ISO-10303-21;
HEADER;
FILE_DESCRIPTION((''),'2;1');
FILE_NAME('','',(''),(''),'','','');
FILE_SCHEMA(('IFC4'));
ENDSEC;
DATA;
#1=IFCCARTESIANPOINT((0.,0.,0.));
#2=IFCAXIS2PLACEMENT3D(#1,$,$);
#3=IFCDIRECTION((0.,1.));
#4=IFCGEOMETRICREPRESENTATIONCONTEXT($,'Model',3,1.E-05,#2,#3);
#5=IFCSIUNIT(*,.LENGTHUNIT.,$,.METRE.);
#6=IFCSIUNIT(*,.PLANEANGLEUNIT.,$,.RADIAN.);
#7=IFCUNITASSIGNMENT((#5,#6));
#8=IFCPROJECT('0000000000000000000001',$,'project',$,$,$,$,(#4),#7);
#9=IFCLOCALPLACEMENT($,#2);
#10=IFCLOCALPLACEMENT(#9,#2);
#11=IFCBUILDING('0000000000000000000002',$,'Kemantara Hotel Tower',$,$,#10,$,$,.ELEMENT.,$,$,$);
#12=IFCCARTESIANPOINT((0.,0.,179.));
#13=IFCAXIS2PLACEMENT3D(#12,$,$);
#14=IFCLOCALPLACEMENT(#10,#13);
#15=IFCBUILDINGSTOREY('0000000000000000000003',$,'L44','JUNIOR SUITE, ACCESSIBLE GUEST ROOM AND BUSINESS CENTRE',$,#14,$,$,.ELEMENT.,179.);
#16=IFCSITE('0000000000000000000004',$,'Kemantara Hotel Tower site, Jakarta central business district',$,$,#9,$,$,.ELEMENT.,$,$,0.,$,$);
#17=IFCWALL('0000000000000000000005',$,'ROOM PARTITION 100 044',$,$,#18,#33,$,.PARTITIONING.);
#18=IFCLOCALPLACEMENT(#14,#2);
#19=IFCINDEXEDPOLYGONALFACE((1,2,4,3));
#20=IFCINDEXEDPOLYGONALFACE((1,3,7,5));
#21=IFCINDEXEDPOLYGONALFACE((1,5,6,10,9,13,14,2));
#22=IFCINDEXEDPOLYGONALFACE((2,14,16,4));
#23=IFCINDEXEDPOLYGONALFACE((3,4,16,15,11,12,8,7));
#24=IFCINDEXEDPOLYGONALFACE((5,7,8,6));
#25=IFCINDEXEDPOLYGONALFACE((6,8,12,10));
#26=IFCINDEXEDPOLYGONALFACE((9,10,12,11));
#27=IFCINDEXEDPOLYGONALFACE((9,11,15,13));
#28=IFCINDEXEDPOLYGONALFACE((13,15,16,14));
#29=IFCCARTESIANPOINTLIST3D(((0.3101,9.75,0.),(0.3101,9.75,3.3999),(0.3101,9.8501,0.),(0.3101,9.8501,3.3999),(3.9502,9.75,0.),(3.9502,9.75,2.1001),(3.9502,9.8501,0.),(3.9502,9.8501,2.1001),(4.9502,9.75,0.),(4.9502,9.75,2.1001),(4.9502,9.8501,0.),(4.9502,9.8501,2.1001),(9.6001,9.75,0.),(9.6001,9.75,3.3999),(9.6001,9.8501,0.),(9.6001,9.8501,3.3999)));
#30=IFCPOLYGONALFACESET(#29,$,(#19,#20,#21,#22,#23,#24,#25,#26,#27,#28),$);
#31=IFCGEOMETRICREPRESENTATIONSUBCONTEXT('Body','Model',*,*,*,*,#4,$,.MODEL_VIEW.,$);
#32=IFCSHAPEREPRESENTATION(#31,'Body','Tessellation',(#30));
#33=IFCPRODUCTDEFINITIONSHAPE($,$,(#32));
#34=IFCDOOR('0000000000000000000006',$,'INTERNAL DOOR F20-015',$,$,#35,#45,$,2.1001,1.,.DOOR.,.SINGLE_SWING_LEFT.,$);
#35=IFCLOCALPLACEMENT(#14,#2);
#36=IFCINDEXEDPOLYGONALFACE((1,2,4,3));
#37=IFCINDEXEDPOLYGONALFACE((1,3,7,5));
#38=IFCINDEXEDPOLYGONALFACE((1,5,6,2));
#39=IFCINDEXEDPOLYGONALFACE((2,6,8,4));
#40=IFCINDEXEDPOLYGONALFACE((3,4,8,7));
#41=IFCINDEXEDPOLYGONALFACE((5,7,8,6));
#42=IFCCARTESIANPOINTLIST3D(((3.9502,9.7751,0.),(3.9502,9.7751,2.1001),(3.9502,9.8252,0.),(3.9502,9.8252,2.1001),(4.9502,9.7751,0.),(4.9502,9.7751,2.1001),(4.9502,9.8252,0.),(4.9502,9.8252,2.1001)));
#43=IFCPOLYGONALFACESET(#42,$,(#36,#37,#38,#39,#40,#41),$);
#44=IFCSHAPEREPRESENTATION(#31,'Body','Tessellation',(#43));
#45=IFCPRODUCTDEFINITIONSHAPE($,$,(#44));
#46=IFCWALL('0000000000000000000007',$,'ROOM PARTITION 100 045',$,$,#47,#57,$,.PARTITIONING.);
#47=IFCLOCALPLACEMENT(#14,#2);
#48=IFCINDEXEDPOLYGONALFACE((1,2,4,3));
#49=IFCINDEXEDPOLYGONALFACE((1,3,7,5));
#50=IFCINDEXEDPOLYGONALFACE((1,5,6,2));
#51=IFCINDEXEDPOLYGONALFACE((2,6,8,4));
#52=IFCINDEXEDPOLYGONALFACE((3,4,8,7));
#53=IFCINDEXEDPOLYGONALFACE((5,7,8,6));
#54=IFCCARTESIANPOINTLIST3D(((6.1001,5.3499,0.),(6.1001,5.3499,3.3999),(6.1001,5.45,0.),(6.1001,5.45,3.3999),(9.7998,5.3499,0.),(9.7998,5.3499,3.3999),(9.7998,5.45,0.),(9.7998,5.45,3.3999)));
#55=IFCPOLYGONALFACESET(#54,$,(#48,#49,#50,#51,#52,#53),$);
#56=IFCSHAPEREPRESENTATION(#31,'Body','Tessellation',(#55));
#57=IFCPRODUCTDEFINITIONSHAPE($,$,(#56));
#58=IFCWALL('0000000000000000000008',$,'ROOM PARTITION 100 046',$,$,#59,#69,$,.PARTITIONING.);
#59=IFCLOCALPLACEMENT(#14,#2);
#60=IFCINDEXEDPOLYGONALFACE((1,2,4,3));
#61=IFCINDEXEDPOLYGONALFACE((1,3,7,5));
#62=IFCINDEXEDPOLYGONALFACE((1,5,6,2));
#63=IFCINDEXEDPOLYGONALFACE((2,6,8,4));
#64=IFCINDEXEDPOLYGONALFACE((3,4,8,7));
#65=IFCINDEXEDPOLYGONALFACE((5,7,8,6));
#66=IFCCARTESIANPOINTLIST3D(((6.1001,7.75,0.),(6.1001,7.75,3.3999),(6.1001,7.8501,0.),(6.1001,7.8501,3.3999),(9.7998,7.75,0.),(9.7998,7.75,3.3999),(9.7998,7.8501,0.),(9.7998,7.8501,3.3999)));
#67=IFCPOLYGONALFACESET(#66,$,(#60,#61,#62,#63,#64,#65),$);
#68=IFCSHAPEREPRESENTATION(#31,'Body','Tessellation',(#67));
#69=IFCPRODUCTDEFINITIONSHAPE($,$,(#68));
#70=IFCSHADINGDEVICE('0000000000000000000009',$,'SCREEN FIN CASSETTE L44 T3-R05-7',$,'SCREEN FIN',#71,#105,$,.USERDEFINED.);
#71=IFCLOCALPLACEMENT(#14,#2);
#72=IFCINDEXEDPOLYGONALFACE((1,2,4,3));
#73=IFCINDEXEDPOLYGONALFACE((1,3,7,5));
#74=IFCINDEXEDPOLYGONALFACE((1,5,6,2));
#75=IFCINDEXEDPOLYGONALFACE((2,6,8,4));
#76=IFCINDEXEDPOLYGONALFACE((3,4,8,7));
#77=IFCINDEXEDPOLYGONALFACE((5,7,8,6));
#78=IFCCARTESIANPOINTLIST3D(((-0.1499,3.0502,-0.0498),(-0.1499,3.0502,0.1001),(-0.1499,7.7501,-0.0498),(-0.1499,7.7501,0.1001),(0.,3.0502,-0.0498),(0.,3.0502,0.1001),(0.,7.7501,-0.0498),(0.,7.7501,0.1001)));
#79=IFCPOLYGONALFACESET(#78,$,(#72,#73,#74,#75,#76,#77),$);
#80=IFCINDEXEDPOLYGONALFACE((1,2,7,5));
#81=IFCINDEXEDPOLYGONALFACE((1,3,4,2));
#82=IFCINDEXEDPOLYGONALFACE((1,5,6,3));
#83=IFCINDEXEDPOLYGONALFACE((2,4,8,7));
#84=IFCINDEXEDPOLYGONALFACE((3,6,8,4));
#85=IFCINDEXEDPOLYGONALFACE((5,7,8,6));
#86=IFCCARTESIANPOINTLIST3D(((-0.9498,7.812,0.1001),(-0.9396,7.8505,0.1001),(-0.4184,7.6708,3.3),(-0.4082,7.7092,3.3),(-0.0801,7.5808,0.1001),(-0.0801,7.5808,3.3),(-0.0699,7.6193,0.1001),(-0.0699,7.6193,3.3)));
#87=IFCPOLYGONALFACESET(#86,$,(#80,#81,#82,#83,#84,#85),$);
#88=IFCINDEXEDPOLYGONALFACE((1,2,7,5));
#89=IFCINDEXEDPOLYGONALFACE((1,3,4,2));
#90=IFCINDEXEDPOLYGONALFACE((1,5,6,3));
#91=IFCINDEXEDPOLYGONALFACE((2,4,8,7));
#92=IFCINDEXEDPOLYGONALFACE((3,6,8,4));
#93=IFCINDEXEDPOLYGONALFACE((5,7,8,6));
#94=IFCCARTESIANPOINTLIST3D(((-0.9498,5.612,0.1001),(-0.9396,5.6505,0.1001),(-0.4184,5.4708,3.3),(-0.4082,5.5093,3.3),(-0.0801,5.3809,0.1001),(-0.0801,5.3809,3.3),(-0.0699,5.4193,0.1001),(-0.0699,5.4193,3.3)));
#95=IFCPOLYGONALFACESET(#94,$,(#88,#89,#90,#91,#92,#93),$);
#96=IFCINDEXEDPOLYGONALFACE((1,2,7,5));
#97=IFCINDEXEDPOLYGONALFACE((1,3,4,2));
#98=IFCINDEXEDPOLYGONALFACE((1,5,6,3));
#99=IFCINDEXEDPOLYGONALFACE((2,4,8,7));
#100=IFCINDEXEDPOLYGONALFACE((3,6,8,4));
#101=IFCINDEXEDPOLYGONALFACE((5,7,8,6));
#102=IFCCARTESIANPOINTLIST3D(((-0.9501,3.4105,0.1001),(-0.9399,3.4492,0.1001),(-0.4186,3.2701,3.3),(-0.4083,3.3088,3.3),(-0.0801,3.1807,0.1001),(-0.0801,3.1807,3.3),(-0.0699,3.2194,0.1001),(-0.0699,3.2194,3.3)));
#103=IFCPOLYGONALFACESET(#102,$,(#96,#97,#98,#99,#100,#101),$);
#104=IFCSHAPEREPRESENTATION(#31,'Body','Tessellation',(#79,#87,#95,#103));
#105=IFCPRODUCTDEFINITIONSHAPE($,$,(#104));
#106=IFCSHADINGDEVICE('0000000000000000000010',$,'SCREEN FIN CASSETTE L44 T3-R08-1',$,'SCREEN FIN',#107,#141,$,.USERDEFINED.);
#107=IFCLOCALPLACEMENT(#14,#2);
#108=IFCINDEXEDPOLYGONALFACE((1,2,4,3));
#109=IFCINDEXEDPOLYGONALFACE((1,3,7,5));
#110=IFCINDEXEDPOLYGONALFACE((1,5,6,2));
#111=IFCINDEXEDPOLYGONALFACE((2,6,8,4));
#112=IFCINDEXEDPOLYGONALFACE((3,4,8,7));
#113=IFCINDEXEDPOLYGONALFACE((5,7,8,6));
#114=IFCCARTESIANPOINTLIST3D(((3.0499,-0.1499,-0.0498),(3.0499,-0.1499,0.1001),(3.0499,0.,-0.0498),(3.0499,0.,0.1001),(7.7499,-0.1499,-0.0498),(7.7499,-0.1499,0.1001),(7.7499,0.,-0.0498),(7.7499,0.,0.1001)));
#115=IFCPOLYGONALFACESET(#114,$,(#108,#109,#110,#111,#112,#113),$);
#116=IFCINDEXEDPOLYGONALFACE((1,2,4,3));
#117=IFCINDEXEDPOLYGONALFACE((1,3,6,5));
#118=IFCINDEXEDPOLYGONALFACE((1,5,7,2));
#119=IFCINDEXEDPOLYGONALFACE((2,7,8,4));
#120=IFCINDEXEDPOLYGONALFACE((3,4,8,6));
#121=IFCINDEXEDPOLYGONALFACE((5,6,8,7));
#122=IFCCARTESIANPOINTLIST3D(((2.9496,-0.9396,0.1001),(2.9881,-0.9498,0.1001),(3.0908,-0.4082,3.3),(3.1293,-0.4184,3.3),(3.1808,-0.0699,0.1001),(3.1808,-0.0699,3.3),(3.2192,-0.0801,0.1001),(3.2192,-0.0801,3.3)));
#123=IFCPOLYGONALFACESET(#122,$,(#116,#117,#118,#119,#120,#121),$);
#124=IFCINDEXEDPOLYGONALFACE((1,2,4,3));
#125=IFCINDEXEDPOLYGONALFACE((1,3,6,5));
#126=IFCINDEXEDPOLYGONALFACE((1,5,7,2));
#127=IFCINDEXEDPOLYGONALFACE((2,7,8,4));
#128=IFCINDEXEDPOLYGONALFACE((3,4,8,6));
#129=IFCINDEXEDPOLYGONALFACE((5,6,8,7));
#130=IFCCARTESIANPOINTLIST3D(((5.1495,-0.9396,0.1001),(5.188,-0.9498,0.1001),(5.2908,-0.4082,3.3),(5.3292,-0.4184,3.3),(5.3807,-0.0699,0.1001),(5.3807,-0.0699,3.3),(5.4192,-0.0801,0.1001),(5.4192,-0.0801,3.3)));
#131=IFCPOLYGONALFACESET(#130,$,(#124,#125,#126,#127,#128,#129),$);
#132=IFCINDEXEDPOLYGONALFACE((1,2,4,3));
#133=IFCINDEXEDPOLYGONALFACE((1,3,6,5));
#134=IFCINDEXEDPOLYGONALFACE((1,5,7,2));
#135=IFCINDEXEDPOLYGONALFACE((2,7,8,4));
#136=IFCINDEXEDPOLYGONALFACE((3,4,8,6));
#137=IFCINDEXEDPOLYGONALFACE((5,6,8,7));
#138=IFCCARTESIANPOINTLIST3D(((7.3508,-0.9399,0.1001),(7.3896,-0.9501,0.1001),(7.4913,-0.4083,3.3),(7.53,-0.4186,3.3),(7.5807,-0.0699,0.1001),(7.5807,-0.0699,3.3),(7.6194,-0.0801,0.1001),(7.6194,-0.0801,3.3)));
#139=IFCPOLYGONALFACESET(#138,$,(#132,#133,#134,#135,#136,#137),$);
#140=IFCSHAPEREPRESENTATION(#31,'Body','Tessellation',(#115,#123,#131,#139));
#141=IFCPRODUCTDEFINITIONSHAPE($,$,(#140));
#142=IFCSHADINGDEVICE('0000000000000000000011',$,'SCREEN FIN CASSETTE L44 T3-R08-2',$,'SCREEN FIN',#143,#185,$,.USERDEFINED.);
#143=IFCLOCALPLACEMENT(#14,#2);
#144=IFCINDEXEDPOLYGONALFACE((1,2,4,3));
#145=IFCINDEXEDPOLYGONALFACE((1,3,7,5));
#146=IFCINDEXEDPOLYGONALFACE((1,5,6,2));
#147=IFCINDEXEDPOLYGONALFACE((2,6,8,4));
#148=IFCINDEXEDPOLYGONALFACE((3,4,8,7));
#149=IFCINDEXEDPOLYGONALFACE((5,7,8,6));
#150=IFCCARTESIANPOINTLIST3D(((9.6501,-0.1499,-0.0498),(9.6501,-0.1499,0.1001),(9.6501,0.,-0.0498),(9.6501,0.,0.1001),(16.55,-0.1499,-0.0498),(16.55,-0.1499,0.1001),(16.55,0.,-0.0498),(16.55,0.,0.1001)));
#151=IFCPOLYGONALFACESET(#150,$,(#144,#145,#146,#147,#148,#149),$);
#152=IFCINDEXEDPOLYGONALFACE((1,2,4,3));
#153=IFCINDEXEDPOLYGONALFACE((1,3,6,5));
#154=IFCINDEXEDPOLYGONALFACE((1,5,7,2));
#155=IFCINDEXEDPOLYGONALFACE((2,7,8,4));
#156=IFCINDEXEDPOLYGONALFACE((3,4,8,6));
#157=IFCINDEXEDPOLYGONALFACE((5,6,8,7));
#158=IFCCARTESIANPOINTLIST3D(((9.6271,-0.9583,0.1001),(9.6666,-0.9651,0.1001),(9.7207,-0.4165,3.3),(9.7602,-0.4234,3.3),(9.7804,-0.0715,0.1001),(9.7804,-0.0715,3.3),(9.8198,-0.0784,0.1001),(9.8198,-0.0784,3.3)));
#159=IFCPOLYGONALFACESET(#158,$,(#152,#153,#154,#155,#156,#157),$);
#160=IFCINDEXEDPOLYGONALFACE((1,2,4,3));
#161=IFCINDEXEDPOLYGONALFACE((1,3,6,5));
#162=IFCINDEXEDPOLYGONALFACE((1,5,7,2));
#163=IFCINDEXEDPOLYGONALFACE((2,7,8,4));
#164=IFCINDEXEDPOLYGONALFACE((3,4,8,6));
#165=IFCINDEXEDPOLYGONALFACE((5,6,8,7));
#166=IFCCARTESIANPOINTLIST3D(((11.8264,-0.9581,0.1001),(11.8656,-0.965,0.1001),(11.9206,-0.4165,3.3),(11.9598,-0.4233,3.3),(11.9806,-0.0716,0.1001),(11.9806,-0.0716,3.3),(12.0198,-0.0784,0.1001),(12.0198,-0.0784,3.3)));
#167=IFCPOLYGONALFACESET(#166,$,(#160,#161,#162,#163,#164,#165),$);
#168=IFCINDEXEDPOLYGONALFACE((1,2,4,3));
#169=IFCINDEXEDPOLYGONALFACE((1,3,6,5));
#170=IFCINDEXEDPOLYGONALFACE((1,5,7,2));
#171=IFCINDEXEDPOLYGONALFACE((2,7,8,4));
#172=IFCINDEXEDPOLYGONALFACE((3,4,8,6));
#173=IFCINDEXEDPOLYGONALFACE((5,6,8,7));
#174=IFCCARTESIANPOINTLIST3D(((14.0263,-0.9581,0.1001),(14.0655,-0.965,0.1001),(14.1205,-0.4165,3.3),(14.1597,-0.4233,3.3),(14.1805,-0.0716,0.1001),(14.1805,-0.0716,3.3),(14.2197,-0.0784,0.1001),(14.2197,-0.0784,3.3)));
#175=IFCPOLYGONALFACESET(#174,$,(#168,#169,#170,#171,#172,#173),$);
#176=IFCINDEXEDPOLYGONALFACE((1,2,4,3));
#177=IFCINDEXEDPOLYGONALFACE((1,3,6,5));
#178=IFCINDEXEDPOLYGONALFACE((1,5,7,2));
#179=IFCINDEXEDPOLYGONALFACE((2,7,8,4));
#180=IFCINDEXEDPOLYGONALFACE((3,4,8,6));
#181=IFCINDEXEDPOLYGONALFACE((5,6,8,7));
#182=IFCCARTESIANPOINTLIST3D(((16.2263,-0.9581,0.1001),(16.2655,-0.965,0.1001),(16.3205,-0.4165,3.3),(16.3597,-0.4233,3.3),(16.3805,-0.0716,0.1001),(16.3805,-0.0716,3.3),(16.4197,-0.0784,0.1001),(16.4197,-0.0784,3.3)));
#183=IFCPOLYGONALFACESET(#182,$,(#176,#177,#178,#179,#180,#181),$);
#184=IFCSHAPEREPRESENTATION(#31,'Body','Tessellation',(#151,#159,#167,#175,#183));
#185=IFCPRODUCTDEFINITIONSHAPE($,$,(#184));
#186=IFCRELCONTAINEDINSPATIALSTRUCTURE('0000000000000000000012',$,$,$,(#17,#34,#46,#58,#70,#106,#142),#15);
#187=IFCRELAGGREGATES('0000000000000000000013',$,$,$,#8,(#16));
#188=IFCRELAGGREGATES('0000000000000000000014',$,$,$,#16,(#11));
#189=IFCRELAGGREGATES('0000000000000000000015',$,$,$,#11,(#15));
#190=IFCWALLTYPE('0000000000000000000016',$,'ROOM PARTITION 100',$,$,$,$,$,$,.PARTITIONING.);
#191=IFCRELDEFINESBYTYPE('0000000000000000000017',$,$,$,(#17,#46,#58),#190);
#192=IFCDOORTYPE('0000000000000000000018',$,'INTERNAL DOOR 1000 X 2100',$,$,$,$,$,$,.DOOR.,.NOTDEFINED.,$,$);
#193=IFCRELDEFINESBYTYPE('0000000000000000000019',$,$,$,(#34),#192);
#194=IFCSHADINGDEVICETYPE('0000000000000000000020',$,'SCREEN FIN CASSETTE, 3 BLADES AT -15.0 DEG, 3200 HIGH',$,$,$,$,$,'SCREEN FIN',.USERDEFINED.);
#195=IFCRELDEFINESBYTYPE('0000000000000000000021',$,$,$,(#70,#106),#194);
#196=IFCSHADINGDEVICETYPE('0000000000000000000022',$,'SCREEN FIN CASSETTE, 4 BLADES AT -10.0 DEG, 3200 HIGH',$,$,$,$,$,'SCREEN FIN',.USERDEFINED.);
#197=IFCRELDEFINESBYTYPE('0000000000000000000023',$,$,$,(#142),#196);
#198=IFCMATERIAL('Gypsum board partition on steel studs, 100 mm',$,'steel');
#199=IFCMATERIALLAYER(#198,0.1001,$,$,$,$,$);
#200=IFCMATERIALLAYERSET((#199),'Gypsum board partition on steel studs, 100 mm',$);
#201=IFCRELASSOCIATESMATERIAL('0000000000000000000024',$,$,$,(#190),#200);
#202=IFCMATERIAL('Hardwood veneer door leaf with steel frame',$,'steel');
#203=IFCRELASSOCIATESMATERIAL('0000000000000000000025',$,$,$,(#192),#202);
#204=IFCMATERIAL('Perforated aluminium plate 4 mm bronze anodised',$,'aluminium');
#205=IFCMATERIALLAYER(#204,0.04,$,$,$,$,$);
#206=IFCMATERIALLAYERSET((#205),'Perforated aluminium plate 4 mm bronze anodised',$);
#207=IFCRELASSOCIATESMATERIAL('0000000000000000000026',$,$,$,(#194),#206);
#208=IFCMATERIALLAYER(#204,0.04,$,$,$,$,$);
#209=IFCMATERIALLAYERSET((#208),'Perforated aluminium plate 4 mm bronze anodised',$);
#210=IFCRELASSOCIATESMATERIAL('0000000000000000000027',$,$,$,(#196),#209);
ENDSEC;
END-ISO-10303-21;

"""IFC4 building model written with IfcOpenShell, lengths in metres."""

from ifc_helpers import new_model, si_unit, direction, frame, frame_2d, origin, origin_2d, place, context, subcontext, project, spatial, polyline, rectangle, outline, extrude, source, transform, mapped, material, layer, layer_set, type_object, element, fill, save


model = new_model("IFC4")

# Units and contexts
model_context = context("Model", 3, precision=1e-05, world=origin(), true_north=direction((0.0, 1.0)))
body_context = subcontext(model_context, "Body", "Model", "MODEL_VIEW")
ifc_project = project(units=[si_unit("LENGTHUNIT", "METRE"), si_unit("PLANEANGLEUNIT", "RADIAN")], contexts=[model_context])

# Site, building, storey
site_placement = place(None, origin())
site = spatial("IfcSite", under=ifc_project, at=site_placement, Name="Kemantara Hotel Tower site, Jakarta central business district", CompositionType="ELEMENT", RefElevation=0.0)
building_placement = place(site_placement, origin())
building = spatial("IfcBuilding", under=site, at=building_placement, Name="Kemantara Hotel Tower", CompositionType="ELEMENT")
storey_placement = place(building_placement, frame((0.0, 0.0, 179.0)))
storey = spatial("IfcBuildingStorey", under=building, at=storey_placement, Name="L44", Description="JUNIOR SUITE, ACCESSIBLE GUEST ROOM AND BUSINESS CENTRE", CompositionType="ELEMENT", Elevation=179.0)

# Shared definitions
ifc_material_1 = material(Name="Hardwood veneer door leaf with steel frame", Category="steel")
ifc_material_2 = material(Name="Gypsum board partition on steel studs, 100 mm", Category="steel")
ifc_layer_1 = layer(ifc_material_2, 0.1001)
ifc_layer_set_1 = layer_set([ifc_layer_1], Name="Gypsum board partition on steel studs, 100 mm")
wall_type_1 = type_object("IfcWallType", Name="ROOM PARTITION 100", PredefinedType="PARTITIONING", material=ifc_layer_set_1)

# Wall, opening, door
wall_1_placement = place(storey_placement, frame((9.6001, 9.8, 0.0), z_axis=(0.0, 0.0, 1.0), x_axis=(-1.0, 0.0, 0.0)))
wall_1 = element("IfcWall", 1, at=wall_1_placement, inside=storey, type_object=wall_type_1, Name="ROOM PARTITION 100 044", PredefinedType="PARTITIONING", context=body_context, shape_type="SweptSolid", body=[
    extrude(rectangle(XDim=9.29, YDim=0.1001, at=frame_2d((4.645, 0.0))), origin(), (0.0, 0.0, 1.0), 3.3999),
])
opening_1_placement = place(wall_1_placement, frame((4.6499, 0.0, 0.0)))
opening_1 = element("IfcOpeningElement", 2, at=opening_1_placement, cuts=wall_1, PredefinedType="OPENING", context=body_context, shape_type="SweptSolid", body=[
    extrude(rectangle(XDim=1.0, YDim=2.1001, at=frame_2d((0.5, 1.05))), frame((0.0, 0.0601, 0.0), z_axis=(0.0, -1.0, 0.0), x_axis=(1.0, 0.0, 0.0)), (0.0, 0.0, 1.0), 0.1201),
])
door_type_1 = type_object("IfcDoorType", Name="INTERNAL DOOR 1000 X 2100", OperationType="NOTDEFINED", PredefinedType="DOOR", material=ifc_material_1)
door_1_placement = place(opening_1_placement, origin())
door_1 = element("IfcDoor", 3, at=door_1_placement, inside=storey, type_object=door_type_1, Name="INTERNAL DOOR F20-015", OperationType="SINGLE_SWING_LEFT", OverallHeight=2.1001, OverallWidth=1.0, PredefinedType="DOOR", context=body_context, shape_type="SweptSolid", body=[
    extrude(rectangle(XDim=1.0, YDim=2.1001, at=frame_2d((0.5, 1.05))), frame((0.0, 0.0249, 0.0), z_axis=(0.0, -1.0, 0.0), x_axis=(1.0, 0.0, 0.0)), (0.0, 0.0, 1.0), 0.05),
])
fill(opening_1, door_1)

# Walls
for number, where, z_axis, x_axis, name in (
    (4, (6.1001, 5.3999, 0.0), (0.0, 0.0, 1.0), (1.0, 0.0, 0.0), "ROOM PARTITION 100 045"),
    (5, (6.1001, 7.8, 0.0), (0.0, 0.0, 1.0), (1.0, 0.0, 0.0), "ROOM PARTITION 100 046"),
):
    element("IfcWall", number, at=place(storey_placement, frame(where, z_axis=z_axis, x_axis=x_axis)), inside=storey, type_object=wall_type_1, Name=name, PredefinedType="PARTITIONING", context=body_context, shape_type="SweptSolid", body=[
        extrude(rectangle(XDim=3.6997, YDim=0.1001, at=frame_2d((1.8499, 0.0))), origin(), (0.0, 0.0, 1.0), 3.3999),
    ])

# Shading devices
ifc_material_3 = material(Name="Perforated aluminium plate 4 mm bronze anodised", Category="aluminium")
ifc_layer_2 = layer(ifc_material_3, 0.04)
ifc_layer_set_2 = layer_set([ifc_layer_2], Name="Perforated aluminium plate 4 mm bronze anodised")
shading_device_type_1 = type_object("IfcShadingDeviceType", Name="SCREEN FIN CASSETTE, 3 BLADES AT -15.0 DEG, 3200 HIGH", ElementType="SCREEN FIN", PredefinedType="USERDEFINED", material=ifc_layer_set_2)
shared_shape_1 = source(origin(), body_context, "Body", "SweptSolid", [
    extrude(rectangle(XDim=4.7, YDim=0.1499, at=origin_2d()), frame((2.2, -0.075, -0.1499), z_axis=(0.0, 0.0, 1.0), x_axis=(1.0, 0.0, 0.0)), (0.0, 0.0, 1.0), 0.1499),
    extrude(outline(polyline([(0.0, 0.0), (0.8999, 0.0), (0.3501, 3.2), (0.0, 3.2), (0.0, 0.0)])), frame((0.0193, -0.0801, 0.0), z_axis=(-0.966438, 0.256901, 0.0), x_axis=(-0.256901, -0.966438, 0.0)), (0.0, 0.0, 1.0), 0.0398),
    extrude(outline(polyline([(0.0, 0.0), (0.8999, 0.0), (0.3501, 3.2), (0.0, 3.2), (0.0, 0.0)])), frame((2.2192, -0.0801, 0.0), z_axis=(-0.966438, 0.256901, 0.0), x_axis=(-0.256901, -0.966438, 0.0)), (0.0, 0.0, 1.0), 0.0398),
    extrude(outline(polyline([(0.0, 0.0), (0.8999, 0.0), (0.3501, 3.2), (0.0, 3.2), (0.0, 0.0)])), frame((4.4194, -0.0801, 0.0), z_axis=(-0.966838, 0.255391, 0.0), x_axis=(-0.255391, -0.966838, 0.0)), (0.0, 0.0, 1.0), 0.04),
])
for number, where, z_axis, x_axis, name in (
    (6, (0.0, 7.6001, 0.1001), (0.0, 0.0, 1.0), (0.0, -1.0, 0.0), "SCREEN FIN CASSETTE L44 T3-R05-7"),
    (7, (3.2, 0.0, 0.1001), (0.0, 0.0, 1.0), (1.0, 0.0, 0.0), "SCREEN FIN CASSETTE L44 T3-R08-1"),
):
    element("IfcShadingDevice", number, at=place(storey_placement, frame(where, z_axis=z_axis, x_axis=x_axis)), inside=storey, type_object=shading_device_type_1, Name=name, ObjectType="SCREEN FIN", PredefinedType="USERDEFINED", context=body_context, shape_type="MappedRepresentation", body=[
        mapped(shared_shape_1, transform((0.0, 0.0, 0.0))),
    ])
ifc_layer_3 = layer(ifc_material_3, 0.04)
ifc_layer_set_3 = layer_set([ifc_layer_3], Name="Perforated aluminium plate 4 mm bronze anodised")
shading_device_type_2 = type_object("IfcShadingDeviceType", Name="SCREEN FIN CASSETTE, 4 BLADES AT -10.0 DEG, 3200 HIGH", ElementType="SCREEN FIN", PredefinedType="USERDEFINED", material=ifc_layer_set_3)
shared_shape_2 = source(origin(), body_context, "Body", "SweptSolid", [
    extrude(rectangle(XDim=6.8999, YDim=0.1499, at=origin_2d()), frame((3.3, -0.075, -0.1499), z_axis=(0.0, 0.0, 1.0), x_axis=(1.0, 0.0, 0.0)), (0.0, 0.0, 1.0), 0.1499),
    extrude(outline(polyline([(0.0, 0.0), (0.8999, 0.0), (0.3501, 3.2), (0.0, 3.2), (0.0, 0.0)])), frame((0.0198, -0.0784, 0.0), z_axis=(-0.98539, 0.170314, 0.0), x_axis=(-0.170314, -0.98539, 0.0)), (0.0, 0.0, 1.0), 0.04),
    extrude(outline(polyline([(0.0, 0.0), (0.8999, 0.0), (0.3501, 3.2), (0.0, 3.2), (0.0, 0.0)])), frame((2.2197, -0.0784, 0.0), z_axis=(-0.985212, 0.171341, 0.0), x_axis=(-0.171341, -0.985212, 0.0)), (0.0, 0.0, 1.0), 0.0398),
    extrude(outline(polyline([(0.0, 0.0), (0.8999, 0.0), (0.3501, 3.2), (0.0, 3.2), (0.0, 0.0)])), frame((4.4197, -0.0784, 0.0), z_axis=(-0.985212, 0.171341, 0.0), x_axis=(-0.171341, -0.985212, 0.0)), (0.0, 0.0, 1.0), 0.0398),
    extrude(outline(polyline([(0.0, 0.0), (0.8999, 0.0), (0.3501, 3.2), (0.0, 3.2), (0.0, 0.0)])), frame((6.6196, -0.0784, 0.0), z_axis=(-0.985212, 0.171341, 0.0), x_axis=(-0.171341, -0.985212, 0.0)), (0.0, 0.0, 1.0), 0.0398),
])
shading_device_placement = place(storey_placement, frame((9.8, 0.0, 0.1001), z_axis=(0.0, 0.0, 1.0), x_axis=(1.0, 0.0, 0.0)))
element("IfcShadingDevice", 8, at=shading_device_placement, inside=storey, type_object=shading_device_type_2, Name="SCREEN FIN CASSETTE L44 T3-R08-2", ObjectType="SCREEN FIN", PredefinedType="USERDEFINED", context=body_context, shape_type="MappedRepresentation", body=[
    mapped(shared_shape_2, transform((0.0, 0.0, 0.0))),
])

save(model, "model.ifc")
